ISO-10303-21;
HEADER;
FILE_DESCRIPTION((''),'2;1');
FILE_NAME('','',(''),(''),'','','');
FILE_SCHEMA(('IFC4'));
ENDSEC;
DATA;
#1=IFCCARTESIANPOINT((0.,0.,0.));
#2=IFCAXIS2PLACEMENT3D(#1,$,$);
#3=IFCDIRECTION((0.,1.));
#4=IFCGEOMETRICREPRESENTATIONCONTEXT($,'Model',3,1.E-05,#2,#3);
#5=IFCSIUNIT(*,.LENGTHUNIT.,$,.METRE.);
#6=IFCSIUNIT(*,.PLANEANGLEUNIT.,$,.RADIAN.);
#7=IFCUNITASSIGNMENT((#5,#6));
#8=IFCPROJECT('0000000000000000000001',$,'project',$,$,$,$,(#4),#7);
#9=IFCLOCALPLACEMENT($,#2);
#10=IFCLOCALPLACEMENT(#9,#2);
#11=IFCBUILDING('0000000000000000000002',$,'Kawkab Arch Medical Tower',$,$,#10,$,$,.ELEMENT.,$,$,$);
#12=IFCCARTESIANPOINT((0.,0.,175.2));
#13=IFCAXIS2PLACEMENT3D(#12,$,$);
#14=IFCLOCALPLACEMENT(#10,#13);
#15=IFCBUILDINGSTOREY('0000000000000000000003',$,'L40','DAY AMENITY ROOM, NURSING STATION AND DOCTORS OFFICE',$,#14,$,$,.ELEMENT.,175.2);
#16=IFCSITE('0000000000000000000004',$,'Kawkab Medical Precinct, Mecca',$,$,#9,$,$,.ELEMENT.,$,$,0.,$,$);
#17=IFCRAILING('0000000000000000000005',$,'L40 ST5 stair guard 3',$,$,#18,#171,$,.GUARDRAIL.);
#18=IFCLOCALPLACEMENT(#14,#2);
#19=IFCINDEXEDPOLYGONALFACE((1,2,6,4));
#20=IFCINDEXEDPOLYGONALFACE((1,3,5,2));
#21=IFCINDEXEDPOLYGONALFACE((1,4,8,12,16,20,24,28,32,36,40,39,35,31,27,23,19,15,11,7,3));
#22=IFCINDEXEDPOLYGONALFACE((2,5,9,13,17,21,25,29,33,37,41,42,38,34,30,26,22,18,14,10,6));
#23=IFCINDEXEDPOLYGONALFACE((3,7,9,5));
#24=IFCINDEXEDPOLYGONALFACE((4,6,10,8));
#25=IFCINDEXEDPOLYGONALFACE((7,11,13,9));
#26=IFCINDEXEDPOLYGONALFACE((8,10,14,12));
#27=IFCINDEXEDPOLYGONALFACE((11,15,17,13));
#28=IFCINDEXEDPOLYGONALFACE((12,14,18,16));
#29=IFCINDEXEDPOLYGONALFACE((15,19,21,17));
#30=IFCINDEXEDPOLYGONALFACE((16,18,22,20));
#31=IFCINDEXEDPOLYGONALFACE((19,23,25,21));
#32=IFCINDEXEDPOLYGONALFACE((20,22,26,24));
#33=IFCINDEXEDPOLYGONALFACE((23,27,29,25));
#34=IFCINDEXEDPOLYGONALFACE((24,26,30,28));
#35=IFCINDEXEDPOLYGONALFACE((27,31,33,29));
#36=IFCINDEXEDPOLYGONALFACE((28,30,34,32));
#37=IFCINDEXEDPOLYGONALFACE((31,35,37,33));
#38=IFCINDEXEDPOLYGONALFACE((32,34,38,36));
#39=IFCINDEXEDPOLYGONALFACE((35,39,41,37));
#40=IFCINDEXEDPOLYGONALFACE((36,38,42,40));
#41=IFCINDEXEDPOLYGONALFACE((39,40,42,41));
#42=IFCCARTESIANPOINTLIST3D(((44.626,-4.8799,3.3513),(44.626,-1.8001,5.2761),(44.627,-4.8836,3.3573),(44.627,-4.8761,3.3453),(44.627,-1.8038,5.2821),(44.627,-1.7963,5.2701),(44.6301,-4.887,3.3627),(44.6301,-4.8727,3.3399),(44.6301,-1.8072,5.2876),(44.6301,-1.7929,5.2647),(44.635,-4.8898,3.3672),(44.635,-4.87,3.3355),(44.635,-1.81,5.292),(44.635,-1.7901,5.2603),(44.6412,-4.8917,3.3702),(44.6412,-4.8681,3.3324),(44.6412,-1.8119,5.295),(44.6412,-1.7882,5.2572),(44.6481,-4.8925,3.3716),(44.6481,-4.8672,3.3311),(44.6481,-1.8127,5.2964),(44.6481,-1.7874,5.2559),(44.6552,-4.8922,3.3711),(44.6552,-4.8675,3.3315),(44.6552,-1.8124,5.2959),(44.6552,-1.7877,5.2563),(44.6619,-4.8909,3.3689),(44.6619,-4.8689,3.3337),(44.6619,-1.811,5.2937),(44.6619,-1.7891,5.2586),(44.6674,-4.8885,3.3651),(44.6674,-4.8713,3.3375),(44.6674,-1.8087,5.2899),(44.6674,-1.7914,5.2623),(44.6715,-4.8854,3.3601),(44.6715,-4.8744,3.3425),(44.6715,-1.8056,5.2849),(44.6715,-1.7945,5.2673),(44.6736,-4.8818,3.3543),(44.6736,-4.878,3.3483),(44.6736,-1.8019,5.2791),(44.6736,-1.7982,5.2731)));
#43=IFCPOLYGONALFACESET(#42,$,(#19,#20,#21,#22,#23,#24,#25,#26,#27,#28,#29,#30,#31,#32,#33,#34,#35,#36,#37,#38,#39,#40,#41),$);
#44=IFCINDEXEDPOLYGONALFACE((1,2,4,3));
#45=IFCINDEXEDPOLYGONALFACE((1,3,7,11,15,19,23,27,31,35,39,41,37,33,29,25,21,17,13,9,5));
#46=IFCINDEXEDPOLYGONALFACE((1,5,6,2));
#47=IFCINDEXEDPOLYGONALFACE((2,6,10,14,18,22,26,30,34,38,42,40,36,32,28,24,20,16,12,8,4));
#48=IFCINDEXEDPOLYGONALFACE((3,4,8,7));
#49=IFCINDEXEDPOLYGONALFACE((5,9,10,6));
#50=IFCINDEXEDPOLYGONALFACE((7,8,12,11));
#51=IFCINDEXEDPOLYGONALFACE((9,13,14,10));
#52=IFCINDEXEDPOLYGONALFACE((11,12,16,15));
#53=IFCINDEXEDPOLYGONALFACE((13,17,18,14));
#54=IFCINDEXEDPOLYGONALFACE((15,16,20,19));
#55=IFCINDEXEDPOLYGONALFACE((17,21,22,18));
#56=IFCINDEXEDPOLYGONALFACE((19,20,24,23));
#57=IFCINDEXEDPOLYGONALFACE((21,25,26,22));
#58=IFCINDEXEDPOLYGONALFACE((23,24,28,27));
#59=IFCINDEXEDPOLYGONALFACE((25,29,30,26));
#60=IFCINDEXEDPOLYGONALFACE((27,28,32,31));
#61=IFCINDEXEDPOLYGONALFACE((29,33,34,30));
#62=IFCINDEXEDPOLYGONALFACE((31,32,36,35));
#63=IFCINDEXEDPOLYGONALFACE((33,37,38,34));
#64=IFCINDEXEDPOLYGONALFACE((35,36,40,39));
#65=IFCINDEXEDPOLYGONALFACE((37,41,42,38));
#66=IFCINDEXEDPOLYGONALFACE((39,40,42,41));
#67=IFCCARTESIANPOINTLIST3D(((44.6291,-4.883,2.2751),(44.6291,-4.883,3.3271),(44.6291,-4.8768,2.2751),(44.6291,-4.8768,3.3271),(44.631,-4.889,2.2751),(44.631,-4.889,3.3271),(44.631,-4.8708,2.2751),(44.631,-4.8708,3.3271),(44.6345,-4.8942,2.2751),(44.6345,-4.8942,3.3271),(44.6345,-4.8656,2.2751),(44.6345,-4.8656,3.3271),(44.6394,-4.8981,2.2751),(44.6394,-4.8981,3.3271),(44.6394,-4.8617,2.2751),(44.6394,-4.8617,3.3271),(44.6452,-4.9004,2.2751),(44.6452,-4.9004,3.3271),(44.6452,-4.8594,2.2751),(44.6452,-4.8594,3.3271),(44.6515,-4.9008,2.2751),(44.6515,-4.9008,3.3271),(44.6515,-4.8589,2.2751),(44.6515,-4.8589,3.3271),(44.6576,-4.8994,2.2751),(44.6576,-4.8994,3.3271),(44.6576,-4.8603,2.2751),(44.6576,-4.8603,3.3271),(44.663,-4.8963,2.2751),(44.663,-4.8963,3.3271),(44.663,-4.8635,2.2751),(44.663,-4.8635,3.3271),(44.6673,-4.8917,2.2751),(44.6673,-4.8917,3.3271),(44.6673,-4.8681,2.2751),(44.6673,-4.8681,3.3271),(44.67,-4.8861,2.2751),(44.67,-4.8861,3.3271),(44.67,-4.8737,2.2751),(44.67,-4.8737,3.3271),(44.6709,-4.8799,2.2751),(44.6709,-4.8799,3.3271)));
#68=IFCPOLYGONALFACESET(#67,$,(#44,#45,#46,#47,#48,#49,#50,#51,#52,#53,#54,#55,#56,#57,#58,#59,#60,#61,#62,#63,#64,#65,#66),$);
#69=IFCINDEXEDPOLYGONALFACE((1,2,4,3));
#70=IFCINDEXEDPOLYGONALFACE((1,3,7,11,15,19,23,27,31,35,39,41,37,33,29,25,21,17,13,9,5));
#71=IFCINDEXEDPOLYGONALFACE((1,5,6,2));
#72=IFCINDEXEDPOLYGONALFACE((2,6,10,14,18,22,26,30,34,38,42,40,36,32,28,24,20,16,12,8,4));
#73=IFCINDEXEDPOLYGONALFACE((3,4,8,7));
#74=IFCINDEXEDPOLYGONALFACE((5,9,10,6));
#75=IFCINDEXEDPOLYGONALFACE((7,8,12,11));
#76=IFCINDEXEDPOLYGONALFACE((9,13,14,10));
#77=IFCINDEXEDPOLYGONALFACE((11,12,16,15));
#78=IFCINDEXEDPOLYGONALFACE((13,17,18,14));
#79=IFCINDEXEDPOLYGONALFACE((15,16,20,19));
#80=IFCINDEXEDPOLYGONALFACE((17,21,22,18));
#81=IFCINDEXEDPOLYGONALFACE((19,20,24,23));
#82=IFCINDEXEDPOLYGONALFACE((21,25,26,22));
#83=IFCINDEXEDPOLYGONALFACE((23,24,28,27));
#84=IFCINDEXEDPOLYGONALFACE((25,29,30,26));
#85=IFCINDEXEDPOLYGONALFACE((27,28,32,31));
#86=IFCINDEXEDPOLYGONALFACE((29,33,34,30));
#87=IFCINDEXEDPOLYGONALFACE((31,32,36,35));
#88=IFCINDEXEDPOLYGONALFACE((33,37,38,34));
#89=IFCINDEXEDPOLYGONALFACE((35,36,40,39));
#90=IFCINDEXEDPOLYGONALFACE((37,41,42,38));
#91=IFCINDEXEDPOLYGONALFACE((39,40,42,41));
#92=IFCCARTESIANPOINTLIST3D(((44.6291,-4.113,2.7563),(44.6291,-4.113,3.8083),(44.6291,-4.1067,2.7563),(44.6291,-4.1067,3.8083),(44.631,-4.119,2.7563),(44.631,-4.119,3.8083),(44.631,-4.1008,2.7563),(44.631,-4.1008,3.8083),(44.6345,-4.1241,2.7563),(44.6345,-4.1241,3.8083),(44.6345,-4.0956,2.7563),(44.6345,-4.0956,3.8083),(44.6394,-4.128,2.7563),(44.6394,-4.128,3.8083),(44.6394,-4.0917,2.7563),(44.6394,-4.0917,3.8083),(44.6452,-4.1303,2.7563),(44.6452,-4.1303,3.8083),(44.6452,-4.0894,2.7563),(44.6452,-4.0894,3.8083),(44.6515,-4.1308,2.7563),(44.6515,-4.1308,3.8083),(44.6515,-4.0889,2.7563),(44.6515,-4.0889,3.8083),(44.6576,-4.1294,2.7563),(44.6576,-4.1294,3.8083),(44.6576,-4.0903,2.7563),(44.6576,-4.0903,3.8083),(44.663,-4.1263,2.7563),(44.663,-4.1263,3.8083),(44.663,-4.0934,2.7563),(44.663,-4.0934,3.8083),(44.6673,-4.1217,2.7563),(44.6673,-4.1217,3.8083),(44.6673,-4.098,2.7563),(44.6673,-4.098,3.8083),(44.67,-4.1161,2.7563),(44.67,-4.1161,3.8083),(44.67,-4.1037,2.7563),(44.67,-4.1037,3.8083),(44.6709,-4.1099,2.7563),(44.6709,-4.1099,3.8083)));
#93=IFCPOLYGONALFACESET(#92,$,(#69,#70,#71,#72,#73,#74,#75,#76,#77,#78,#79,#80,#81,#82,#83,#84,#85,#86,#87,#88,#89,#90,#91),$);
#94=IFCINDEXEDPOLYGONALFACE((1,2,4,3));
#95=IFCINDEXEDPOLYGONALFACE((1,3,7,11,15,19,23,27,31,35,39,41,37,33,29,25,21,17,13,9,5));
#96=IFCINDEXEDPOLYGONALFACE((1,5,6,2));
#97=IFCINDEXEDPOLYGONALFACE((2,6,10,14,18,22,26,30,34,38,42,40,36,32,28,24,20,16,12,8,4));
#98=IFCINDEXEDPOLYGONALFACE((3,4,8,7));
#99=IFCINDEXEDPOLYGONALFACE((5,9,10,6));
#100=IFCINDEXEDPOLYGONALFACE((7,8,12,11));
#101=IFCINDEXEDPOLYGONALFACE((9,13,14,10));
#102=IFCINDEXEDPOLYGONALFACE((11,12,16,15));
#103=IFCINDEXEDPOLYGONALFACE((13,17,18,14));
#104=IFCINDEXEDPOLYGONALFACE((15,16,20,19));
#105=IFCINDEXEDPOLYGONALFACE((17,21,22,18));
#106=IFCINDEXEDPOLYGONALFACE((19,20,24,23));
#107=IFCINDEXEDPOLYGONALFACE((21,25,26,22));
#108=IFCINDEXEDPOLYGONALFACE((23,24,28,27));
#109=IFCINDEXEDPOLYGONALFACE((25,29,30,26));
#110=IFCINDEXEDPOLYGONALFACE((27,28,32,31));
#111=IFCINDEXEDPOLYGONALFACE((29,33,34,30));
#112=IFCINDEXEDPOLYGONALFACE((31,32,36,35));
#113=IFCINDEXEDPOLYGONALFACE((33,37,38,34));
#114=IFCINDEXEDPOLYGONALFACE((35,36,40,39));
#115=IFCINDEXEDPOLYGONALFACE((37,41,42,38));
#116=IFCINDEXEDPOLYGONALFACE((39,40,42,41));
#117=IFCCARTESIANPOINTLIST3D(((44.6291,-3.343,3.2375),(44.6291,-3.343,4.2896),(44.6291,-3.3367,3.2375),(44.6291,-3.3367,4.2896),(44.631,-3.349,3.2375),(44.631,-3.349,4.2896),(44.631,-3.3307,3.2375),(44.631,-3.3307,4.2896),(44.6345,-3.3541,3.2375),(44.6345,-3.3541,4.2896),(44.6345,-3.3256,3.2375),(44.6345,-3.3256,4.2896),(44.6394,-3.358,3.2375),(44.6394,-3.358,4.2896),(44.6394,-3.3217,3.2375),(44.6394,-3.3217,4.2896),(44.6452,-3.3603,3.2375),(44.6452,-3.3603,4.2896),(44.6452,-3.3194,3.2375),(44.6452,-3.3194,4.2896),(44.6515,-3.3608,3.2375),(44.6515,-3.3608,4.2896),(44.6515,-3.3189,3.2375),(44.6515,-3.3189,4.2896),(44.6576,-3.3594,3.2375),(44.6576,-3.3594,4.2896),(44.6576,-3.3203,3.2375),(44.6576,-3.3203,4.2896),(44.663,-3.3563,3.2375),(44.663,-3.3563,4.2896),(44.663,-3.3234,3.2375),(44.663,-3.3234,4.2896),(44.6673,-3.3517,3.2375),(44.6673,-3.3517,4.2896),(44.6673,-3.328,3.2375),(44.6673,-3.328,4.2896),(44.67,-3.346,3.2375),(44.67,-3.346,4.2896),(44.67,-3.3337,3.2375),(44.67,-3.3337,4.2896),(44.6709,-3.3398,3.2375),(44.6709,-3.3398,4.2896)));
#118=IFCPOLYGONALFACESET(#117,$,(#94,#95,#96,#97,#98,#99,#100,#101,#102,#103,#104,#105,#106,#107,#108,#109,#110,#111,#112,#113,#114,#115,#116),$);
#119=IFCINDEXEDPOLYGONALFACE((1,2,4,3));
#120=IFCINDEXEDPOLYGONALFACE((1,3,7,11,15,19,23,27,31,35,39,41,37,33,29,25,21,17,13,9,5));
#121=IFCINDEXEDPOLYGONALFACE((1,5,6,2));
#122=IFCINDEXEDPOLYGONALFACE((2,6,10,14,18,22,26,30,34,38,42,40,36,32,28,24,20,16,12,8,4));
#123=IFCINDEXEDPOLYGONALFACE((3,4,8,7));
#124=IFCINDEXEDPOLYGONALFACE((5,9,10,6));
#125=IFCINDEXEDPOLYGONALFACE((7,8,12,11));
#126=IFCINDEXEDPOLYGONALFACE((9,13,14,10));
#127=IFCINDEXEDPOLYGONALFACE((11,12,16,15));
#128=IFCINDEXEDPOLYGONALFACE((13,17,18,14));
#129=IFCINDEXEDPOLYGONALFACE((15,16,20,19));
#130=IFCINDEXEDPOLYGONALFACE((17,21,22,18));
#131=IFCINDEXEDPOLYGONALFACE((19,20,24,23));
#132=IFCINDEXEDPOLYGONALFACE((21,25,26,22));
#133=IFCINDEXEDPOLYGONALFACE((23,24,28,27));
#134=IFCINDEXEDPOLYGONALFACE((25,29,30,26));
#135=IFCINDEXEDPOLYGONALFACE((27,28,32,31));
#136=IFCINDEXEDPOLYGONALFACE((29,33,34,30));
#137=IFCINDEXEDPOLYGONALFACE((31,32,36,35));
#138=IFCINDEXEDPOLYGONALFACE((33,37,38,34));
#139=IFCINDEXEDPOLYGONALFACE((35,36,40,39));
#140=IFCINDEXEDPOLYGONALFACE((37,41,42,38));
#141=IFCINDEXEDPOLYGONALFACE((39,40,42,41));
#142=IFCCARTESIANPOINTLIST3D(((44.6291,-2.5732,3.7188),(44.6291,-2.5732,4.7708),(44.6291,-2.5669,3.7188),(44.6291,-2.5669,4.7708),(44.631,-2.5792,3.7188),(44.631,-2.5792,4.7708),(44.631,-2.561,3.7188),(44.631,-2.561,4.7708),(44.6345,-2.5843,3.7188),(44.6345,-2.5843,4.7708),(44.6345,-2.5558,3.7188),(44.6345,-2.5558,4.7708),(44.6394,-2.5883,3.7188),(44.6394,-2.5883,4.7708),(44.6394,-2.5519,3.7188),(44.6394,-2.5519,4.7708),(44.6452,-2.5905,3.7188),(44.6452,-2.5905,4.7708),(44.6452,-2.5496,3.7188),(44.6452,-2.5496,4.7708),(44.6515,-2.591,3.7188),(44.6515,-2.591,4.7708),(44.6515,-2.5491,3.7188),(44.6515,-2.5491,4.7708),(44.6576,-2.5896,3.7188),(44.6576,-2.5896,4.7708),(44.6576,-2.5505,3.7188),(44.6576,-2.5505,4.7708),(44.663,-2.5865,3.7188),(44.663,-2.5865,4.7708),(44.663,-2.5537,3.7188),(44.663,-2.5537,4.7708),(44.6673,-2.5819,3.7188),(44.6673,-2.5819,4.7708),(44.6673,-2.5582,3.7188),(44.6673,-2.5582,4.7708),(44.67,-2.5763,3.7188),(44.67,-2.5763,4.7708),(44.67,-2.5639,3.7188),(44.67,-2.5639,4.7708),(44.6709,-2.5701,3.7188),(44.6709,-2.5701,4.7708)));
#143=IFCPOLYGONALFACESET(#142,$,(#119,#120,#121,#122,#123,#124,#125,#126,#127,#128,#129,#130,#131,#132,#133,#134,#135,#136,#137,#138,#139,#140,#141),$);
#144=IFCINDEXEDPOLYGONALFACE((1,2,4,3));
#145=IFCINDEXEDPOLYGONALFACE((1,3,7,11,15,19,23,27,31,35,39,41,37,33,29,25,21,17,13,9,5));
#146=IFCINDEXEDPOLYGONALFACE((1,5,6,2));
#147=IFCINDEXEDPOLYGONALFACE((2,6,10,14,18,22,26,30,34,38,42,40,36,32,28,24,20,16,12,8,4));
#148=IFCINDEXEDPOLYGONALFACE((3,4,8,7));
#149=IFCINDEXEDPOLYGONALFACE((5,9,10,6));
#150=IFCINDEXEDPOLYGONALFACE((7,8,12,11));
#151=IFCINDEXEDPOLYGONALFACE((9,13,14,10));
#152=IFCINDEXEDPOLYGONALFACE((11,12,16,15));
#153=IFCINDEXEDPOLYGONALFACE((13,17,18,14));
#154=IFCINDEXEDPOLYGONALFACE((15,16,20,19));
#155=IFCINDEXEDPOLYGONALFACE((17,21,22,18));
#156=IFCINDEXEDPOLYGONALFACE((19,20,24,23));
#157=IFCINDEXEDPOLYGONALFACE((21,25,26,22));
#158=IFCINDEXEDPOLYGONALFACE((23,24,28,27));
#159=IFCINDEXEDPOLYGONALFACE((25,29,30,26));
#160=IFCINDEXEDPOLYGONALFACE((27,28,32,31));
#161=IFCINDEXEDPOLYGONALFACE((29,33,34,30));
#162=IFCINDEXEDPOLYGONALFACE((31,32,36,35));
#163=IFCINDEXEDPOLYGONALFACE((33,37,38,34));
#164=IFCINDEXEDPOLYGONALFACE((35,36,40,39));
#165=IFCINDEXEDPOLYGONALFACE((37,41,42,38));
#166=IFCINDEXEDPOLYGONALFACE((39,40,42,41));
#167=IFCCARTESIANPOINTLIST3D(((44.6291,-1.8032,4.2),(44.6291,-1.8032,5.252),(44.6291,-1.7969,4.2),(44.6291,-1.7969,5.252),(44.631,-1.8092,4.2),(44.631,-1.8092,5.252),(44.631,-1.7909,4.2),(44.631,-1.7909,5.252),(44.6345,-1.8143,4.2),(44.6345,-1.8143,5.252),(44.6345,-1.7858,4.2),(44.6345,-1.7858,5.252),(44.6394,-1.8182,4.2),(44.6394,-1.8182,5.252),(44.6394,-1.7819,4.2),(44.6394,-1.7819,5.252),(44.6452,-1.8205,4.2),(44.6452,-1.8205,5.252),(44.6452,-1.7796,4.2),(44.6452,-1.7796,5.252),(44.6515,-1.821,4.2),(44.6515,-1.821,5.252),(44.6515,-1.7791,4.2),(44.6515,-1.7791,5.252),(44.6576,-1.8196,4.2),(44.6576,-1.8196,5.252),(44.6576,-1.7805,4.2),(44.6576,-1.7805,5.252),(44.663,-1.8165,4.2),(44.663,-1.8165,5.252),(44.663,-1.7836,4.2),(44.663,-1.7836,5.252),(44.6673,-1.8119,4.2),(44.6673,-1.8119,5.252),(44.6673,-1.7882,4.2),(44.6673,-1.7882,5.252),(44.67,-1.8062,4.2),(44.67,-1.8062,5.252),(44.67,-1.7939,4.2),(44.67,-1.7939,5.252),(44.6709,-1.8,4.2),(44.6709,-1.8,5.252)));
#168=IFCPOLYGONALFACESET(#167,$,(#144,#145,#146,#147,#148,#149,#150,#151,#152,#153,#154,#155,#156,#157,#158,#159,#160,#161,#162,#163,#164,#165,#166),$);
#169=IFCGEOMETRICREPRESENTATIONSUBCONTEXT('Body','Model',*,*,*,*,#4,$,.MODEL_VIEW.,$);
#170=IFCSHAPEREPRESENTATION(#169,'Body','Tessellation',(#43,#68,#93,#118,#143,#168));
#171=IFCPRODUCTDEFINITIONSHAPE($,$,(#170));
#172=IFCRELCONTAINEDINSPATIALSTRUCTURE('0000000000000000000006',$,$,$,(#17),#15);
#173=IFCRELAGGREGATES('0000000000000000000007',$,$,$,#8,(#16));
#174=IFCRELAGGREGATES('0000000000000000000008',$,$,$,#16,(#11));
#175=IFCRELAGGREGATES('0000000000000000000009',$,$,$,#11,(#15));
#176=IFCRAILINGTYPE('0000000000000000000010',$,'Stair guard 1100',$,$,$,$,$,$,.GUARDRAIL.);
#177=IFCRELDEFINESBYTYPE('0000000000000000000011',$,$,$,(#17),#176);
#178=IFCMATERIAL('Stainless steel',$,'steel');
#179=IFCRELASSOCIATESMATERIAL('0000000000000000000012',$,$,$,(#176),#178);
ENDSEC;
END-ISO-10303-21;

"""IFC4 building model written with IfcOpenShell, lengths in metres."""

from ifc_helpers import new_model, si_unit, direction, frame, origin, origin_2d, place, context, subcontext, project, spatial, circle, extrude, material, type_object, element, save


model = new_model("IFC4")

# Units and contexts
model_context = context("Model", 3, precision=1e-05, world=origin(), true_north=direction((0.0, 1.0)))
body_context = subcontext(model_context, "Body", "Model", "MODEL_VIEW")
ifc_project = project(units=[si_unit("LENGTHUNIT", "METRE"), si_unit("PLANEANGLEUNIT", "RADIAN")], contexts=[model_context])

# Site, building, storey
site_placement = place(None, origin())
site = spatial("IfcSite", under=ifc_project, at=site_placement, Name="Kawkab Medical Precinct, Mecca", CompositionType="ELEMENT", RefElevation=0.0)
building_placement = place(site_placement, origin())
building = spatial("IfcBuilding", under=site, at=building_placement, Name="Kawkab Arch Medical Tower", CompositionType="ELEMENT")
storey_placement = place(building_placement, frame((0.0, 0.0, 175.2)))
storey = spatial("IfcBuildingStorey", under=building, at=storey_placement, Name="L40", Description="DAY AMENITY ROOM, NURSING STATION AND DOCTORS OFFICE", CompositionType="ELEMENT", Elevation=175.2)

# Railing
ifc_material_1 = material(Name="Stainless steel", Category="steel")
railing_type = type_object("IfcRailingType", Name="Stair guard 1100", PredefinedType="GUARDRAIL", material=ifc_material_1)
railing_1_placement = place(storey_placement, frame((44.6499, -4.8799, 2.2751)))
element("IfcRailing", 1, at=railing_1_placement, inside=storey, type_object=railing_type, Name="L40 ST5 stair guard 3", PredefinedType="GUARDRAIL", context=body_context, shape_type="SweptSolid", body=[
    extrude(circle(Radius=0.0239, at=origin_2d()), frame((0.0, 0.0, 1.0762), z_axis=(0.0, 0.84801, 0.529981), x_axis=(-1.0, 0.0, 0.0)), (0.0, 0.0, 1.0), 3.6318),
    extrude(circle(Radius=0.021, at=origin_2d()), origin(), (0.0, 0.0, 1.0), 1.052),
    extrude(circle(Radius=0.021, at=origin_2d()), frame((0.0, 0.77, 0.4812)), (0.0, 0.0, 1.0), 1.052),
    extrude(circle(Radius=0.021, at=origin_2d()), frame((0.0, 1.54, 0.9624)), (0.0, 0.0, 1.0), 1.052),
    extrude(circle(Radius=0.021, at=origin_2d()), frame((0.0, 2.3098, 1.4436)), (0.0, 0.0, 1.0), 1.052),
    extrude(circle(Radius=0.021, at=origin_2d()), frame((0.0, 3.0798, 1.9248)), (0.0, 0.0, 1.0), 1.052),
])

save(model, "model.ifc")
